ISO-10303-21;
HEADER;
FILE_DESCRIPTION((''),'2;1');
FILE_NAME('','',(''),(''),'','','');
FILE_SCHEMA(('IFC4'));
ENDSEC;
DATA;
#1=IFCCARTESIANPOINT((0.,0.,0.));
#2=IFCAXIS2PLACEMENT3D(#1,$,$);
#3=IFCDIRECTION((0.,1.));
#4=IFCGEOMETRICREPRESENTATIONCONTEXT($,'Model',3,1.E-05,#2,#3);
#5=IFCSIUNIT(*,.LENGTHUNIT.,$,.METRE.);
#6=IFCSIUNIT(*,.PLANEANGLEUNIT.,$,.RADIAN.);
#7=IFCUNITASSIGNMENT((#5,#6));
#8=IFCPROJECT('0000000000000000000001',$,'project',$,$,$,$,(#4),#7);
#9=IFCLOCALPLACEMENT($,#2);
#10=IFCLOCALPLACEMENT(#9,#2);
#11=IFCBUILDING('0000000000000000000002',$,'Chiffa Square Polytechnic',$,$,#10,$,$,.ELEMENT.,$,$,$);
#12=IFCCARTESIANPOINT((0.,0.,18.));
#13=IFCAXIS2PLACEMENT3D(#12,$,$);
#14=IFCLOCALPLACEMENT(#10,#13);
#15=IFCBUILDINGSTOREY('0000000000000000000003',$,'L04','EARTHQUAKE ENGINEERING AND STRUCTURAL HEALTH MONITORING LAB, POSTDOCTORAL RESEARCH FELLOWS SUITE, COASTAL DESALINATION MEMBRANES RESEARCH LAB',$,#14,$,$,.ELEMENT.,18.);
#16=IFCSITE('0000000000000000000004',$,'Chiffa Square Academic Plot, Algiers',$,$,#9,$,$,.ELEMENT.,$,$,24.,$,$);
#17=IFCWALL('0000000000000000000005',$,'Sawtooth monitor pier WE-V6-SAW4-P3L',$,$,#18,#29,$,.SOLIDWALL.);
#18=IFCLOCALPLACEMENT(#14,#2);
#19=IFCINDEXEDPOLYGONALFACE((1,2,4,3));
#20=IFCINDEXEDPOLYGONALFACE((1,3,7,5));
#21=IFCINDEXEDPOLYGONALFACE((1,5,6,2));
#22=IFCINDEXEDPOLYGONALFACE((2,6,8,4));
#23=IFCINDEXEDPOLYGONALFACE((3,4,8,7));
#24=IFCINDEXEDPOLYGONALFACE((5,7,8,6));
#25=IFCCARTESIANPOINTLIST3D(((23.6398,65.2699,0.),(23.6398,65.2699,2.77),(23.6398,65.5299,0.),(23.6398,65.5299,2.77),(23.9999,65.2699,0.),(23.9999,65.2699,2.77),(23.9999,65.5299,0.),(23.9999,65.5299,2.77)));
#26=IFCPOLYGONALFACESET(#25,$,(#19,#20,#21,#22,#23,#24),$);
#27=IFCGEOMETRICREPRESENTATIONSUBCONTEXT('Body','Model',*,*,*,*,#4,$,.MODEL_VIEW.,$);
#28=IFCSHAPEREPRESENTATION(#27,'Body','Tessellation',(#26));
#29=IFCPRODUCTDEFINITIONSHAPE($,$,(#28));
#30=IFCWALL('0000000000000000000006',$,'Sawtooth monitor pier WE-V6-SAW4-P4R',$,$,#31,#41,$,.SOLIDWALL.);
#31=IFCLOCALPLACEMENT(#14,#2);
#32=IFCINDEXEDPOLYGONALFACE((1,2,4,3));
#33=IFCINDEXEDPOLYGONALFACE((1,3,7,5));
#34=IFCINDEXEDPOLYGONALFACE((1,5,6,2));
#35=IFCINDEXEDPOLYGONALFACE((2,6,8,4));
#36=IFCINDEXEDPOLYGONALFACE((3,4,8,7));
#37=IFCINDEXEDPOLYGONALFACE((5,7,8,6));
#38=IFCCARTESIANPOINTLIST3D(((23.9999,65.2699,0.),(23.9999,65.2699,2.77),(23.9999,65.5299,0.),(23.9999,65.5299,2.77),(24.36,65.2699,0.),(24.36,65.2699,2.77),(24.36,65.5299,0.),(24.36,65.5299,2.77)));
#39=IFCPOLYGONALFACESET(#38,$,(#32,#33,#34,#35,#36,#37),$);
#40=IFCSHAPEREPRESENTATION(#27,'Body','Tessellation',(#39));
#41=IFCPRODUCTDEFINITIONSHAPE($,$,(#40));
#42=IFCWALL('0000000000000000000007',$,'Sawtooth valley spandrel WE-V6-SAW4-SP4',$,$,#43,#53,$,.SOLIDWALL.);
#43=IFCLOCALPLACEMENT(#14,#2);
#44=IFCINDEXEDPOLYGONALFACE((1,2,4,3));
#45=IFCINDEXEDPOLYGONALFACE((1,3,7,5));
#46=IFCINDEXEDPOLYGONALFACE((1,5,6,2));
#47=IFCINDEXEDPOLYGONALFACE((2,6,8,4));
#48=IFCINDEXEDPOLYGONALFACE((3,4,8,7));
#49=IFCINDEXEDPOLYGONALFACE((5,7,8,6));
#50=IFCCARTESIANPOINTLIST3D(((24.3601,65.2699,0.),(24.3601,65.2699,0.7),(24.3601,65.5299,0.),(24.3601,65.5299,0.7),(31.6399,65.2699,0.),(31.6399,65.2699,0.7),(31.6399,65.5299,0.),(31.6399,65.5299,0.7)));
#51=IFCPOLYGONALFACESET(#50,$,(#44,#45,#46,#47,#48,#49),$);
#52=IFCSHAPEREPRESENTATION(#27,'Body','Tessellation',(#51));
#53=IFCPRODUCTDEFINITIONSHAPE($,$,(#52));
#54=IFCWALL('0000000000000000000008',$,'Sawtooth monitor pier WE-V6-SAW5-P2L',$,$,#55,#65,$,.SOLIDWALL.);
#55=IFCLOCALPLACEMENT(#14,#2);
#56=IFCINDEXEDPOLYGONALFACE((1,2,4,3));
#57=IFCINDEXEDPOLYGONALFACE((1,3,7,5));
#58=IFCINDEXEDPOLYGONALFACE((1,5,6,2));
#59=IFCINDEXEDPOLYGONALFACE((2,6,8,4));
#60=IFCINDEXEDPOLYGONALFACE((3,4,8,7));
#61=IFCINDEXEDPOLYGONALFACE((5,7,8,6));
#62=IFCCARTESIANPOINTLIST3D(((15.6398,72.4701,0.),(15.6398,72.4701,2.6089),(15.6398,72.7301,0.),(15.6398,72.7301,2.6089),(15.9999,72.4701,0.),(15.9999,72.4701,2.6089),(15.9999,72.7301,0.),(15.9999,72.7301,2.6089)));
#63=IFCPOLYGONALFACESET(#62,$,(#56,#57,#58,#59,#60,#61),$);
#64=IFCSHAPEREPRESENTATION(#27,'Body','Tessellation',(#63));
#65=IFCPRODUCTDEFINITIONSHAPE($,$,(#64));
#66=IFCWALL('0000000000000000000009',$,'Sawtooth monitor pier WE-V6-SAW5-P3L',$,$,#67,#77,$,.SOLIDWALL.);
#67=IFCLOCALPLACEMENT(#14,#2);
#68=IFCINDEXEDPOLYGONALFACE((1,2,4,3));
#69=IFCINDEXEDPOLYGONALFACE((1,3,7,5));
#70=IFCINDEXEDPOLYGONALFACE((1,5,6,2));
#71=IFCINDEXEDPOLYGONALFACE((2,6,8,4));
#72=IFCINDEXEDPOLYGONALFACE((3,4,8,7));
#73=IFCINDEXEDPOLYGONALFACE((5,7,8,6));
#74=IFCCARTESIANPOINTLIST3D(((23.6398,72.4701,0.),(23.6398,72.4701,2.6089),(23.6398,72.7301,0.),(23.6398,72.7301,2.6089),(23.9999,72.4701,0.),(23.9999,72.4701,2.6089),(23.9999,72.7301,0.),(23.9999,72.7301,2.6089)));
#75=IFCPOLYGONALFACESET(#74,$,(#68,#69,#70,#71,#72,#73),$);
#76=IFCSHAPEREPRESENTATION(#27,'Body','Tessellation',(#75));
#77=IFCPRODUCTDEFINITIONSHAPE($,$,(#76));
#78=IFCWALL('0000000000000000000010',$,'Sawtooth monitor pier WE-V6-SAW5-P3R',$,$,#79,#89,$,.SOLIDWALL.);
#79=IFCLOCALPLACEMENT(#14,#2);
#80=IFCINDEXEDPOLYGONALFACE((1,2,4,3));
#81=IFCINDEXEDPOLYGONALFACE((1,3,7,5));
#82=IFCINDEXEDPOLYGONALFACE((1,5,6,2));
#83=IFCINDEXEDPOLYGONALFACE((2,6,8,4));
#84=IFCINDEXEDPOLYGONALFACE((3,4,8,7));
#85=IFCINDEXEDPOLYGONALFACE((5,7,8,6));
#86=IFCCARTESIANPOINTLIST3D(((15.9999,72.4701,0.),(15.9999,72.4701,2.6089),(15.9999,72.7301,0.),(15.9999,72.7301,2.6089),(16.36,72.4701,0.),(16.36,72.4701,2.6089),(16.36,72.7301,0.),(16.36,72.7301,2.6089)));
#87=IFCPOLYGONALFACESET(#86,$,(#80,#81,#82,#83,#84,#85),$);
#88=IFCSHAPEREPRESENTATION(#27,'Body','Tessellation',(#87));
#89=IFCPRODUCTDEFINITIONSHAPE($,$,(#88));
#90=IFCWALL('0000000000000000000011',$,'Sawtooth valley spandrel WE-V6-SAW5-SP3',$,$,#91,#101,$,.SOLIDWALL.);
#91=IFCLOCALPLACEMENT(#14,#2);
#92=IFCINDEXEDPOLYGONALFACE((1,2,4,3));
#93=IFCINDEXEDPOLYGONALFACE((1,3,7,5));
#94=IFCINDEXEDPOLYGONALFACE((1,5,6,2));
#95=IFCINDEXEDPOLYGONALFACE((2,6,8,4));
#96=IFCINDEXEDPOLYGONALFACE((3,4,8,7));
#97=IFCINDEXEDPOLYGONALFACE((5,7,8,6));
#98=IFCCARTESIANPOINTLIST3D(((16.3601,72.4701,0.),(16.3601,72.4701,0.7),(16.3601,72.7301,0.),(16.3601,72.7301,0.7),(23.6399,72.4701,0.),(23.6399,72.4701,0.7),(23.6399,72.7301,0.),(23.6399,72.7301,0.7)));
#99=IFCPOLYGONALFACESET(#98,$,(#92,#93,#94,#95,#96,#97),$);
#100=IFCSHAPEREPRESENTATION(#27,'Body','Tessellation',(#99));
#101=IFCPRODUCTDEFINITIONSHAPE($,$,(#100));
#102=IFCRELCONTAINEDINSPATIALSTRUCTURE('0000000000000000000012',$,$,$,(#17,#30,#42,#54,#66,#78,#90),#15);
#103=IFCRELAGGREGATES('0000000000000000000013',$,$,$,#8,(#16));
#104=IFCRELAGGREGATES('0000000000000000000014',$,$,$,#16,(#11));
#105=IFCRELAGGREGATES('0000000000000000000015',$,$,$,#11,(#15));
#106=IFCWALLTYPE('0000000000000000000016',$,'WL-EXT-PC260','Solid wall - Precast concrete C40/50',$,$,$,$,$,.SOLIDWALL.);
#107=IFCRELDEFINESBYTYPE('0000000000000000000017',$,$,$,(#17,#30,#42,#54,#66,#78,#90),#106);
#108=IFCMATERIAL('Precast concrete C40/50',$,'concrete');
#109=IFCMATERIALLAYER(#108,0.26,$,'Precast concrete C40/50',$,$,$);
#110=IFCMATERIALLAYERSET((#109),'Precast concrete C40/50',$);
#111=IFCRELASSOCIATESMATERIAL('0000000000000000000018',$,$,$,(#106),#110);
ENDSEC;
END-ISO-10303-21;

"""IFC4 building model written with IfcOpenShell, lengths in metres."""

from ifc_helpers import new_model, si_unit, direction, frame, frame_2d, origin, place, context, subcontext, project, spatial, rectangle, extrude, material, layer, layer_set, type_object, element, save


model = new_model("IFC4")

# Units and contexts
model_context = context("Model", 3, precision=1e-05, world=origin(), true_north=direction((0.0, 1.0)))
body_context = subcontext(model_context, "Body", "Model", "MODEL_VIEW")
ifc_project = project(units=[si_unit("LENGTHUNIT", "METRE"), si_unit("PLANEANGLEUNIT", "RADIAN")], contexts=[model_context])

# Site, building, storey
site_placement = place(None, origin())
site = spatial("IfcSite", under=ifc_project, at=site_placement, Name="Chiffa Square Academic Plot, Algiers", CompositionType="ELEMENT", RefElevation=24.0)
building_placement = place(site_placement, origin())
building = spatial("IfcBuilding", under=site, at=building_placement, Name="Chiffa Square Polytechnic", CompositionType="ELEMENT")
storey_placement = place(building_placement, frame((0.0, 0.0, 18.0)))
storey = spatial("IfcBuildingStorey", under=building, at=storey_placement, Name="L04", Description="EARTHQUAKE ENGINEERING AND STRUCTURAL HEALTH MONITORING LAB, POSTDOCTORAL RESEARCH FELLOWS SUITE, COASTAL DESALINATION MEMBRANES RESEARCH LAB", CompositionType="ELEMENT", Elevation=18.0)

# Walls
ifc_material_1 = material(Name="Precast concrete C40/50", Category="concrete")
ifc_layer_1 = layer(ifc_material_1, 0.26, Name="Precast concrete C40/50")
ifc_layer_set_1 = layer_set([ifc_layer_1], Name="Precast concrete C40/50")
wall_type = type_object("IfcWallType", Name="WL-EXT-PC260", Description="Solid wall - Precast concrete C40/50", PredefinedType="SOLIDWALL", material=ifc_layer_set_1)
for number, where, z_axis, x_axis, name in (
    (1, (24.0, 65.3999, 0.0), (0.0, 0.0, 1.0), (-1.0, 0.0, 0.0), "Sawtooth monitor pier WE-V6-SAW4-P3L"),
    (2, (24.3601, 65.3999, 0.0), (0.0, 0.0, 1.0), (-1.0, 0.0, 0.0), "Sawtooth monitor pier WE-V6-SAW4-P4R"),
):
    element("IfcWall", number, at=place(storey_placement, frame(where, z_axis=z_axis, x_axis=x_axis)), inside=storey, type_object=wall_type, Name=name, PredefinedType="SOLIDWALL", context=body_context, shape_type="SweptSolid", body=[
        extrude(rectangle(XDim=0.3601, YDim=0.26, at=frame_2d((0.1802, 0.0))), origin(), (0.0, 0.0, 1.0), 2.77),
    ])
wall_1_placement = place(storey_placement, frame((24.3601, 65.3999, 0.0), z_axis=(0.0, 0.0, 1.0), x_axis=(1.0, 0.0, 0.0)))
element("IfcWall", 3, at=wall_1_placement, inside=storey, type_object=wall_type, Name="Sawtooth valley spandrel WE-V6-SAW4-SP4", PredefinedType="SOLIDWALL", context=body_context, shape_type="SweptSolid", body=[
    extrude(rectangle(XDim=7.2798, YDim=0.26, at=frame_2d((3.6399, 0.0))), origin(), (0.0, 0.0, 1.0), 0.7),
])
for number, where, z_axis, x_axis, name in (
    (4, (16.0, 72.6001, 0.0), (0.0, 0.0, 1.0), (-1.0, 0.0, 0.0), "Sawtooth monitor pier WE-V6-SAW5-P2L"),
    (5, (24.0, 72.6001, 0.0), (0.0, 0.0, 1.0), (-1.0, 0.0, 0.0), "Sawtooth monitor pier WE-V6-SAW5-P3L"),
    (6, (16.3601, 72.6001, 0.0), (0.0, 0.0, 1.0), (-1.0, 0.0, 0.0), "Sawtooth monitor pier WE-V6-SAW5-P3R"),
):
    element("IfcWall", number, at=place(storey_placement, frame(where, z_axis=z_axis, x_axis=x_axis)), inside=storey, type_object=wall_type, Name=name, PredefinedType="SOLIDWALL", context=body_context, shape_type="SweptSolid", body=[
        extrude(rectangle(XDim=0.3601, YDim=0.26, at=frame_2d((0.1802, 0.0))), origin(), (0.0, 0.0, 1.0), 2.6089),
    ])
wall_2_placement = place(storey_placement, frame((16.3601, 72.6001, 0.0), z_axis=(0.0, 0.0, 1.0), x_axis=(1.0, 0.0, 0.0)))
element("IfcWall", 7, at=wall_2_placement, inside=storey, type_object=wall_type, Name="Sawtooth valley spandrel WE-V6-SAW5-SP3", PredefinedType="SOLIDWALL", context=body_context, shape_type="SweptSolid", body=[
    extrude(rectangle(XDim=7.2798, YDim=0.26, at=frame_2d((3.6399, 0.0))), origin(), (0.0, 0.0, 1.0), 0.7),
])

save(model, "model.ifc")
